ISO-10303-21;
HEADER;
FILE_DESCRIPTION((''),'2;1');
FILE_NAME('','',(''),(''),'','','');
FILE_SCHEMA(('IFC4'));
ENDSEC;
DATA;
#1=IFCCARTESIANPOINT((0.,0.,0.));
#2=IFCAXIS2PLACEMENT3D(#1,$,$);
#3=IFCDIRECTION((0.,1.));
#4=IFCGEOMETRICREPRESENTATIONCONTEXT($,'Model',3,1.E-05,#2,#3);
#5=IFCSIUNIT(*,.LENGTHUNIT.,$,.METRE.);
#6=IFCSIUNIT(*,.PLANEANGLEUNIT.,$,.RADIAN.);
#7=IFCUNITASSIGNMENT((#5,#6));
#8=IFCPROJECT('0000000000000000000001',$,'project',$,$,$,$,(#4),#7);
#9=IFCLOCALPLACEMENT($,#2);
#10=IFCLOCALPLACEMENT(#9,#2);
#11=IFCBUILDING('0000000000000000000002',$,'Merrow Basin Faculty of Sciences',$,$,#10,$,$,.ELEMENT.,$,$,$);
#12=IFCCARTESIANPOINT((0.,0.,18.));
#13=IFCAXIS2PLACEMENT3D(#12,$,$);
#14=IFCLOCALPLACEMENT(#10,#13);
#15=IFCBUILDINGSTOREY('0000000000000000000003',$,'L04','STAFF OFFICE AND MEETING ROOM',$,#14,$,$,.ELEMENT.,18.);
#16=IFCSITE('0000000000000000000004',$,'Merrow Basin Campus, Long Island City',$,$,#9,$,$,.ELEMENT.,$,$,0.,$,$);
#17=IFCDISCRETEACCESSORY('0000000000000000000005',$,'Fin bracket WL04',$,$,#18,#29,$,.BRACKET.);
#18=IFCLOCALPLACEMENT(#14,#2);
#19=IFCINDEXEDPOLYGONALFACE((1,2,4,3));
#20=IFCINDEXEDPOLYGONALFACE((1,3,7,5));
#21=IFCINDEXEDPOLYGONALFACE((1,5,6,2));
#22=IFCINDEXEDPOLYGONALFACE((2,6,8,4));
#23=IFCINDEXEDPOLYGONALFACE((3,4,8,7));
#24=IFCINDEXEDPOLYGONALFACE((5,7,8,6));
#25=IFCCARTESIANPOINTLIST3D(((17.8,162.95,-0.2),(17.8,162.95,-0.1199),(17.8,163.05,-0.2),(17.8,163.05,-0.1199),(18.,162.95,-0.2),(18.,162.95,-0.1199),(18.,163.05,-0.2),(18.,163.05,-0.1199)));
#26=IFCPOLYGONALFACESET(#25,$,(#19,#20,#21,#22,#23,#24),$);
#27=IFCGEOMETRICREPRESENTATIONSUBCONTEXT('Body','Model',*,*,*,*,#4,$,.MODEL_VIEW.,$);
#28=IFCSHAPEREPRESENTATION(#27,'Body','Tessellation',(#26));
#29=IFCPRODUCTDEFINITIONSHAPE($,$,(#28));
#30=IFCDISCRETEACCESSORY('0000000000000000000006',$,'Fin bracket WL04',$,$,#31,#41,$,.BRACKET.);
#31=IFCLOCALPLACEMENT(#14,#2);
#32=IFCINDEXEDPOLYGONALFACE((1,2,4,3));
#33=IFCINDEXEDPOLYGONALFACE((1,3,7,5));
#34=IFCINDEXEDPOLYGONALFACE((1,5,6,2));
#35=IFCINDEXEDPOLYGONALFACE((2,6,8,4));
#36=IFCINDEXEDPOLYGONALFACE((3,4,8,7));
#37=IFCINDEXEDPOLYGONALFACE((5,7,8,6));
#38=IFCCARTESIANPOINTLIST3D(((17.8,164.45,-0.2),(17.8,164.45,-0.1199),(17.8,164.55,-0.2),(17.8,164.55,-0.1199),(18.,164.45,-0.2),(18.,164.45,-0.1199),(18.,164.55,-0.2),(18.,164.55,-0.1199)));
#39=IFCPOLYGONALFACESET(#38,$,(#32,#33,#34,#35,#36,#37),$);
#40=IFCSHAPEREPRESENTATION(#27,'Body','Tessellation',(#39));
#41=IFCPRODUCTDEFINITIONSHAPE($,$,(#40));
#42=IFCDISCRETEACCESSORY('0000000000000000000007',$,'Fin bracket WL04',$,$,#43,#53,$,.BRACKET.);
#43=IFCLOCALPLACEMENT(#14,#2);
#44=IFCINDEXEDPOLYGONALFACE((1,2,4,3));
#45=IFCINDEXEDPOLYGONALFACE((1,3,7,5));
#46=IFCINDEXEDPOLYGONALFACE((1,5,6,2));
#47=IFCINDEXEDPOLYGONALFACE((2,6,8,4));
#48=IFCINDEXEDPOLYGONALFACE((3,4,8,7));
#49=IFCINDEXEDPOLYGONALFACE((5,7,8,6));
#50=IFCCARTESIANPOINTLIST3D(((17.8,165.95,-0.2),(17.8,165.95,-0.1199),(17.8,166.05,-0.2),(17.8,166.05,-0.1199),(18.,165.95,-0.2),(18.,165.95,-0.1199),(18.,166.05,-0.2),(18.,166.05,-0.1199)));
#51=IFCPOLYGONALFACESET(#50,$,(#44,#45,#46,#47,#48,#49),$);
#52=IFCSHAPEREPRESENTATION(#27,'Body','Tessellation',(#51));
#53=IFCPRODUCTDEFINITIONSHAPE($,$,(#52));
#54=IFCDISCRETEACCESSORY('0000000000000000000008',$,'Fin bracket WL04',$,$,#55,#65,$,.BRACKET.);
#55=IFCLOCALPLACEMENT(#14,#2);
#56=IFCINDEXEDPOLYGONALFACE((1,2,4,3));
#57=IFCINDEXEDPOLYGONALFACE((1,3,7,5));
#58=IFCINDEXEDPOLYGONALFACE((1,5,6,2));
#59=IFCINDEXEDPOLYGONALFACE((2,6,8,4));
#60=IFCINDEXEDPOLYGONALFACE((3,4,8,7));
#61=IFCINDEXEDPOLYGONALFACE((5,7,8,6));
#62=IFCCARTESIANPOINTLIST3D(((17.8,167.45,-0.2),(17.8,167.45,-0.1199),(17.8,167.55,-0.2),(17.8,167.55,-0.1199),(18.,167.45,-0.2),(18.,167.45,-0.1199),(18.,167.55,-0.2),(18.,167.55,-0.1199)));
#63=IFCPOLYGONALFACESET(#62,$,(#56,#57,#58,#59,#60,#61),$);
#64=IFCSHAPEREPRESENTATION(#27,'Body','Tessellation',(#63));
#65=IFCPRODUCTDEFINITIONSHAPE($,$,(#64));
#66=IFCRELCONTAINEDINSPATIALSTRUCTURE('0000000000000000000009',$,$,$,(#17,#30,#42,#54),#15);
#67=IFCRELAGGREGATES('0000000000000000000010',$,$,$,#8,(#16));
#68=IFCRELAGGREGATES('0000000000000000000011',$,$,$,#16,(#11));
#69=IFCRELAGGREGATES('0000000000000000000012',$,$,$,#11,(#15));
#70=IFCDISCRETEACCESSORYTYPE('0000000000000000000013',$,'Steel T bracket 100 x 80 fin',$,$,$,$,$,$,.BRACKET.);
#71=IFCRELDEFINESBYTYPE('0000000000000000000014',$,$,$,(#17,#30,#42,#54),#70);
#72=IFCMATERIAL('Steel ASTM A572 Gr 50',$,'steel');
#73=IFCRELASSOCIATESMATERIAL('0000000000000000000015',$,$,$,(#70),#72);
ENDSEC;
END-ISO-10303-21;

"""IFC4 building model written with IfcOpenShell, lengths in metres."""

from ifc_helpers import new_model, si_unit, direction, frame, origin, place, context, subcontext, project, spatial, polyline, outline, extrude, source, transform, mapped, material, type_object, element, save


model = new_model("IFC4")

# Units and contexts
model_context = context("Model", 3, precision=1e-05, world=origin(), true_north=direction((0.0, 1.0)))
body_context = subcontext(model_context, "Body", "Model", "MODEL_VIEW")
ifc_project = project(units=[si_unit("LENGTHUNIT", "METRE"), si_unit("PLANEANGLEUNIT", "RADIAN")], contexts=[model_context])

# Site, building, storey
site_placement = place(None, origin())
site = spatial("IfcSite", under=ifc_project, at=site_placement, Name="Merrow Basin Campus, Long Island City", CompositionType="ELEMENT", RefElevation=0.0)
building_placement = place(site_placement, origin())
building = spatial("IfcBuilding", under=site, at=building_placement, Name="Merrow Basin Faculty of Sciences", CompositionType="ELEMENT")
storey_placement = place(building_placement, frame((0.0, 0.0, 18.0)))
storey = spatial("IfcBuildingStorey", under=building, at=storey_placement, Name="L04", Description="STAFF OFFICE AND MEETING ROOM", CompositionType="ELEMENT", Elevation=18.0)

# Discrete accessories
ifc_material_1 = material(Name="Steel ASTM A572 Gr 50", Category="steel")
discrete_accessory_type = type_object("IfcDiscreteAccessoryType", Name="Steel T bracket 100 x 80 fin", PredefinedType="BRACKET", material=ifc_material_1)
shared_shape_1 = source(origin(), body_context, "Body", "SweptSolid", [
    extrude(outline(polyline([(0.0, 0.0), (0.1001, 0.0), (0.1001, 0.0801), (0.0, 0.0801), (0.0, 0.0)])), origin(), (0.0, 0.0, 1.0), 0.2),
])
for number, where, z_axis, x_axis, name in (
    (1, (18.0, 163.05, -0.2), (-1.0, 0.0, 0.0), (0.0, -1.0, 0.0), "Fin bracket WL04"),
    (2, (18.0, 164.55, -0.2), (-1.0, 0.0, 0.0), (0.0, -1.0, 0.0), "Fin bracket WL04"),
    (3, (18.0, 166.05, -0.2), (-1.0, 0.0, 0.0), (0.0, -1.0, 0.0), "Fin bracket WL04"),
    (4, (18.0, 167.55, -0.2), (-1.0, 0.0, 0.0), (0.0, -1.0, 0.0), "Fin bracket WL04"),
):
    element("IfcDiscreteAccessory", number, at=place(storey_placement, frame(where, z_axis=z_axis, x_axis=x_axis)), inside=storey, type_object=discrete_accessory_type, Name=name, PredefinedType="BRACKET", context=body_context, shape_type="MappedRepresentation", body=[
        mapped(shared_shape_1, transform((0.0, 0.0, 0.0), scale=1.0)),
    ])

save(model, "model.ifc")
